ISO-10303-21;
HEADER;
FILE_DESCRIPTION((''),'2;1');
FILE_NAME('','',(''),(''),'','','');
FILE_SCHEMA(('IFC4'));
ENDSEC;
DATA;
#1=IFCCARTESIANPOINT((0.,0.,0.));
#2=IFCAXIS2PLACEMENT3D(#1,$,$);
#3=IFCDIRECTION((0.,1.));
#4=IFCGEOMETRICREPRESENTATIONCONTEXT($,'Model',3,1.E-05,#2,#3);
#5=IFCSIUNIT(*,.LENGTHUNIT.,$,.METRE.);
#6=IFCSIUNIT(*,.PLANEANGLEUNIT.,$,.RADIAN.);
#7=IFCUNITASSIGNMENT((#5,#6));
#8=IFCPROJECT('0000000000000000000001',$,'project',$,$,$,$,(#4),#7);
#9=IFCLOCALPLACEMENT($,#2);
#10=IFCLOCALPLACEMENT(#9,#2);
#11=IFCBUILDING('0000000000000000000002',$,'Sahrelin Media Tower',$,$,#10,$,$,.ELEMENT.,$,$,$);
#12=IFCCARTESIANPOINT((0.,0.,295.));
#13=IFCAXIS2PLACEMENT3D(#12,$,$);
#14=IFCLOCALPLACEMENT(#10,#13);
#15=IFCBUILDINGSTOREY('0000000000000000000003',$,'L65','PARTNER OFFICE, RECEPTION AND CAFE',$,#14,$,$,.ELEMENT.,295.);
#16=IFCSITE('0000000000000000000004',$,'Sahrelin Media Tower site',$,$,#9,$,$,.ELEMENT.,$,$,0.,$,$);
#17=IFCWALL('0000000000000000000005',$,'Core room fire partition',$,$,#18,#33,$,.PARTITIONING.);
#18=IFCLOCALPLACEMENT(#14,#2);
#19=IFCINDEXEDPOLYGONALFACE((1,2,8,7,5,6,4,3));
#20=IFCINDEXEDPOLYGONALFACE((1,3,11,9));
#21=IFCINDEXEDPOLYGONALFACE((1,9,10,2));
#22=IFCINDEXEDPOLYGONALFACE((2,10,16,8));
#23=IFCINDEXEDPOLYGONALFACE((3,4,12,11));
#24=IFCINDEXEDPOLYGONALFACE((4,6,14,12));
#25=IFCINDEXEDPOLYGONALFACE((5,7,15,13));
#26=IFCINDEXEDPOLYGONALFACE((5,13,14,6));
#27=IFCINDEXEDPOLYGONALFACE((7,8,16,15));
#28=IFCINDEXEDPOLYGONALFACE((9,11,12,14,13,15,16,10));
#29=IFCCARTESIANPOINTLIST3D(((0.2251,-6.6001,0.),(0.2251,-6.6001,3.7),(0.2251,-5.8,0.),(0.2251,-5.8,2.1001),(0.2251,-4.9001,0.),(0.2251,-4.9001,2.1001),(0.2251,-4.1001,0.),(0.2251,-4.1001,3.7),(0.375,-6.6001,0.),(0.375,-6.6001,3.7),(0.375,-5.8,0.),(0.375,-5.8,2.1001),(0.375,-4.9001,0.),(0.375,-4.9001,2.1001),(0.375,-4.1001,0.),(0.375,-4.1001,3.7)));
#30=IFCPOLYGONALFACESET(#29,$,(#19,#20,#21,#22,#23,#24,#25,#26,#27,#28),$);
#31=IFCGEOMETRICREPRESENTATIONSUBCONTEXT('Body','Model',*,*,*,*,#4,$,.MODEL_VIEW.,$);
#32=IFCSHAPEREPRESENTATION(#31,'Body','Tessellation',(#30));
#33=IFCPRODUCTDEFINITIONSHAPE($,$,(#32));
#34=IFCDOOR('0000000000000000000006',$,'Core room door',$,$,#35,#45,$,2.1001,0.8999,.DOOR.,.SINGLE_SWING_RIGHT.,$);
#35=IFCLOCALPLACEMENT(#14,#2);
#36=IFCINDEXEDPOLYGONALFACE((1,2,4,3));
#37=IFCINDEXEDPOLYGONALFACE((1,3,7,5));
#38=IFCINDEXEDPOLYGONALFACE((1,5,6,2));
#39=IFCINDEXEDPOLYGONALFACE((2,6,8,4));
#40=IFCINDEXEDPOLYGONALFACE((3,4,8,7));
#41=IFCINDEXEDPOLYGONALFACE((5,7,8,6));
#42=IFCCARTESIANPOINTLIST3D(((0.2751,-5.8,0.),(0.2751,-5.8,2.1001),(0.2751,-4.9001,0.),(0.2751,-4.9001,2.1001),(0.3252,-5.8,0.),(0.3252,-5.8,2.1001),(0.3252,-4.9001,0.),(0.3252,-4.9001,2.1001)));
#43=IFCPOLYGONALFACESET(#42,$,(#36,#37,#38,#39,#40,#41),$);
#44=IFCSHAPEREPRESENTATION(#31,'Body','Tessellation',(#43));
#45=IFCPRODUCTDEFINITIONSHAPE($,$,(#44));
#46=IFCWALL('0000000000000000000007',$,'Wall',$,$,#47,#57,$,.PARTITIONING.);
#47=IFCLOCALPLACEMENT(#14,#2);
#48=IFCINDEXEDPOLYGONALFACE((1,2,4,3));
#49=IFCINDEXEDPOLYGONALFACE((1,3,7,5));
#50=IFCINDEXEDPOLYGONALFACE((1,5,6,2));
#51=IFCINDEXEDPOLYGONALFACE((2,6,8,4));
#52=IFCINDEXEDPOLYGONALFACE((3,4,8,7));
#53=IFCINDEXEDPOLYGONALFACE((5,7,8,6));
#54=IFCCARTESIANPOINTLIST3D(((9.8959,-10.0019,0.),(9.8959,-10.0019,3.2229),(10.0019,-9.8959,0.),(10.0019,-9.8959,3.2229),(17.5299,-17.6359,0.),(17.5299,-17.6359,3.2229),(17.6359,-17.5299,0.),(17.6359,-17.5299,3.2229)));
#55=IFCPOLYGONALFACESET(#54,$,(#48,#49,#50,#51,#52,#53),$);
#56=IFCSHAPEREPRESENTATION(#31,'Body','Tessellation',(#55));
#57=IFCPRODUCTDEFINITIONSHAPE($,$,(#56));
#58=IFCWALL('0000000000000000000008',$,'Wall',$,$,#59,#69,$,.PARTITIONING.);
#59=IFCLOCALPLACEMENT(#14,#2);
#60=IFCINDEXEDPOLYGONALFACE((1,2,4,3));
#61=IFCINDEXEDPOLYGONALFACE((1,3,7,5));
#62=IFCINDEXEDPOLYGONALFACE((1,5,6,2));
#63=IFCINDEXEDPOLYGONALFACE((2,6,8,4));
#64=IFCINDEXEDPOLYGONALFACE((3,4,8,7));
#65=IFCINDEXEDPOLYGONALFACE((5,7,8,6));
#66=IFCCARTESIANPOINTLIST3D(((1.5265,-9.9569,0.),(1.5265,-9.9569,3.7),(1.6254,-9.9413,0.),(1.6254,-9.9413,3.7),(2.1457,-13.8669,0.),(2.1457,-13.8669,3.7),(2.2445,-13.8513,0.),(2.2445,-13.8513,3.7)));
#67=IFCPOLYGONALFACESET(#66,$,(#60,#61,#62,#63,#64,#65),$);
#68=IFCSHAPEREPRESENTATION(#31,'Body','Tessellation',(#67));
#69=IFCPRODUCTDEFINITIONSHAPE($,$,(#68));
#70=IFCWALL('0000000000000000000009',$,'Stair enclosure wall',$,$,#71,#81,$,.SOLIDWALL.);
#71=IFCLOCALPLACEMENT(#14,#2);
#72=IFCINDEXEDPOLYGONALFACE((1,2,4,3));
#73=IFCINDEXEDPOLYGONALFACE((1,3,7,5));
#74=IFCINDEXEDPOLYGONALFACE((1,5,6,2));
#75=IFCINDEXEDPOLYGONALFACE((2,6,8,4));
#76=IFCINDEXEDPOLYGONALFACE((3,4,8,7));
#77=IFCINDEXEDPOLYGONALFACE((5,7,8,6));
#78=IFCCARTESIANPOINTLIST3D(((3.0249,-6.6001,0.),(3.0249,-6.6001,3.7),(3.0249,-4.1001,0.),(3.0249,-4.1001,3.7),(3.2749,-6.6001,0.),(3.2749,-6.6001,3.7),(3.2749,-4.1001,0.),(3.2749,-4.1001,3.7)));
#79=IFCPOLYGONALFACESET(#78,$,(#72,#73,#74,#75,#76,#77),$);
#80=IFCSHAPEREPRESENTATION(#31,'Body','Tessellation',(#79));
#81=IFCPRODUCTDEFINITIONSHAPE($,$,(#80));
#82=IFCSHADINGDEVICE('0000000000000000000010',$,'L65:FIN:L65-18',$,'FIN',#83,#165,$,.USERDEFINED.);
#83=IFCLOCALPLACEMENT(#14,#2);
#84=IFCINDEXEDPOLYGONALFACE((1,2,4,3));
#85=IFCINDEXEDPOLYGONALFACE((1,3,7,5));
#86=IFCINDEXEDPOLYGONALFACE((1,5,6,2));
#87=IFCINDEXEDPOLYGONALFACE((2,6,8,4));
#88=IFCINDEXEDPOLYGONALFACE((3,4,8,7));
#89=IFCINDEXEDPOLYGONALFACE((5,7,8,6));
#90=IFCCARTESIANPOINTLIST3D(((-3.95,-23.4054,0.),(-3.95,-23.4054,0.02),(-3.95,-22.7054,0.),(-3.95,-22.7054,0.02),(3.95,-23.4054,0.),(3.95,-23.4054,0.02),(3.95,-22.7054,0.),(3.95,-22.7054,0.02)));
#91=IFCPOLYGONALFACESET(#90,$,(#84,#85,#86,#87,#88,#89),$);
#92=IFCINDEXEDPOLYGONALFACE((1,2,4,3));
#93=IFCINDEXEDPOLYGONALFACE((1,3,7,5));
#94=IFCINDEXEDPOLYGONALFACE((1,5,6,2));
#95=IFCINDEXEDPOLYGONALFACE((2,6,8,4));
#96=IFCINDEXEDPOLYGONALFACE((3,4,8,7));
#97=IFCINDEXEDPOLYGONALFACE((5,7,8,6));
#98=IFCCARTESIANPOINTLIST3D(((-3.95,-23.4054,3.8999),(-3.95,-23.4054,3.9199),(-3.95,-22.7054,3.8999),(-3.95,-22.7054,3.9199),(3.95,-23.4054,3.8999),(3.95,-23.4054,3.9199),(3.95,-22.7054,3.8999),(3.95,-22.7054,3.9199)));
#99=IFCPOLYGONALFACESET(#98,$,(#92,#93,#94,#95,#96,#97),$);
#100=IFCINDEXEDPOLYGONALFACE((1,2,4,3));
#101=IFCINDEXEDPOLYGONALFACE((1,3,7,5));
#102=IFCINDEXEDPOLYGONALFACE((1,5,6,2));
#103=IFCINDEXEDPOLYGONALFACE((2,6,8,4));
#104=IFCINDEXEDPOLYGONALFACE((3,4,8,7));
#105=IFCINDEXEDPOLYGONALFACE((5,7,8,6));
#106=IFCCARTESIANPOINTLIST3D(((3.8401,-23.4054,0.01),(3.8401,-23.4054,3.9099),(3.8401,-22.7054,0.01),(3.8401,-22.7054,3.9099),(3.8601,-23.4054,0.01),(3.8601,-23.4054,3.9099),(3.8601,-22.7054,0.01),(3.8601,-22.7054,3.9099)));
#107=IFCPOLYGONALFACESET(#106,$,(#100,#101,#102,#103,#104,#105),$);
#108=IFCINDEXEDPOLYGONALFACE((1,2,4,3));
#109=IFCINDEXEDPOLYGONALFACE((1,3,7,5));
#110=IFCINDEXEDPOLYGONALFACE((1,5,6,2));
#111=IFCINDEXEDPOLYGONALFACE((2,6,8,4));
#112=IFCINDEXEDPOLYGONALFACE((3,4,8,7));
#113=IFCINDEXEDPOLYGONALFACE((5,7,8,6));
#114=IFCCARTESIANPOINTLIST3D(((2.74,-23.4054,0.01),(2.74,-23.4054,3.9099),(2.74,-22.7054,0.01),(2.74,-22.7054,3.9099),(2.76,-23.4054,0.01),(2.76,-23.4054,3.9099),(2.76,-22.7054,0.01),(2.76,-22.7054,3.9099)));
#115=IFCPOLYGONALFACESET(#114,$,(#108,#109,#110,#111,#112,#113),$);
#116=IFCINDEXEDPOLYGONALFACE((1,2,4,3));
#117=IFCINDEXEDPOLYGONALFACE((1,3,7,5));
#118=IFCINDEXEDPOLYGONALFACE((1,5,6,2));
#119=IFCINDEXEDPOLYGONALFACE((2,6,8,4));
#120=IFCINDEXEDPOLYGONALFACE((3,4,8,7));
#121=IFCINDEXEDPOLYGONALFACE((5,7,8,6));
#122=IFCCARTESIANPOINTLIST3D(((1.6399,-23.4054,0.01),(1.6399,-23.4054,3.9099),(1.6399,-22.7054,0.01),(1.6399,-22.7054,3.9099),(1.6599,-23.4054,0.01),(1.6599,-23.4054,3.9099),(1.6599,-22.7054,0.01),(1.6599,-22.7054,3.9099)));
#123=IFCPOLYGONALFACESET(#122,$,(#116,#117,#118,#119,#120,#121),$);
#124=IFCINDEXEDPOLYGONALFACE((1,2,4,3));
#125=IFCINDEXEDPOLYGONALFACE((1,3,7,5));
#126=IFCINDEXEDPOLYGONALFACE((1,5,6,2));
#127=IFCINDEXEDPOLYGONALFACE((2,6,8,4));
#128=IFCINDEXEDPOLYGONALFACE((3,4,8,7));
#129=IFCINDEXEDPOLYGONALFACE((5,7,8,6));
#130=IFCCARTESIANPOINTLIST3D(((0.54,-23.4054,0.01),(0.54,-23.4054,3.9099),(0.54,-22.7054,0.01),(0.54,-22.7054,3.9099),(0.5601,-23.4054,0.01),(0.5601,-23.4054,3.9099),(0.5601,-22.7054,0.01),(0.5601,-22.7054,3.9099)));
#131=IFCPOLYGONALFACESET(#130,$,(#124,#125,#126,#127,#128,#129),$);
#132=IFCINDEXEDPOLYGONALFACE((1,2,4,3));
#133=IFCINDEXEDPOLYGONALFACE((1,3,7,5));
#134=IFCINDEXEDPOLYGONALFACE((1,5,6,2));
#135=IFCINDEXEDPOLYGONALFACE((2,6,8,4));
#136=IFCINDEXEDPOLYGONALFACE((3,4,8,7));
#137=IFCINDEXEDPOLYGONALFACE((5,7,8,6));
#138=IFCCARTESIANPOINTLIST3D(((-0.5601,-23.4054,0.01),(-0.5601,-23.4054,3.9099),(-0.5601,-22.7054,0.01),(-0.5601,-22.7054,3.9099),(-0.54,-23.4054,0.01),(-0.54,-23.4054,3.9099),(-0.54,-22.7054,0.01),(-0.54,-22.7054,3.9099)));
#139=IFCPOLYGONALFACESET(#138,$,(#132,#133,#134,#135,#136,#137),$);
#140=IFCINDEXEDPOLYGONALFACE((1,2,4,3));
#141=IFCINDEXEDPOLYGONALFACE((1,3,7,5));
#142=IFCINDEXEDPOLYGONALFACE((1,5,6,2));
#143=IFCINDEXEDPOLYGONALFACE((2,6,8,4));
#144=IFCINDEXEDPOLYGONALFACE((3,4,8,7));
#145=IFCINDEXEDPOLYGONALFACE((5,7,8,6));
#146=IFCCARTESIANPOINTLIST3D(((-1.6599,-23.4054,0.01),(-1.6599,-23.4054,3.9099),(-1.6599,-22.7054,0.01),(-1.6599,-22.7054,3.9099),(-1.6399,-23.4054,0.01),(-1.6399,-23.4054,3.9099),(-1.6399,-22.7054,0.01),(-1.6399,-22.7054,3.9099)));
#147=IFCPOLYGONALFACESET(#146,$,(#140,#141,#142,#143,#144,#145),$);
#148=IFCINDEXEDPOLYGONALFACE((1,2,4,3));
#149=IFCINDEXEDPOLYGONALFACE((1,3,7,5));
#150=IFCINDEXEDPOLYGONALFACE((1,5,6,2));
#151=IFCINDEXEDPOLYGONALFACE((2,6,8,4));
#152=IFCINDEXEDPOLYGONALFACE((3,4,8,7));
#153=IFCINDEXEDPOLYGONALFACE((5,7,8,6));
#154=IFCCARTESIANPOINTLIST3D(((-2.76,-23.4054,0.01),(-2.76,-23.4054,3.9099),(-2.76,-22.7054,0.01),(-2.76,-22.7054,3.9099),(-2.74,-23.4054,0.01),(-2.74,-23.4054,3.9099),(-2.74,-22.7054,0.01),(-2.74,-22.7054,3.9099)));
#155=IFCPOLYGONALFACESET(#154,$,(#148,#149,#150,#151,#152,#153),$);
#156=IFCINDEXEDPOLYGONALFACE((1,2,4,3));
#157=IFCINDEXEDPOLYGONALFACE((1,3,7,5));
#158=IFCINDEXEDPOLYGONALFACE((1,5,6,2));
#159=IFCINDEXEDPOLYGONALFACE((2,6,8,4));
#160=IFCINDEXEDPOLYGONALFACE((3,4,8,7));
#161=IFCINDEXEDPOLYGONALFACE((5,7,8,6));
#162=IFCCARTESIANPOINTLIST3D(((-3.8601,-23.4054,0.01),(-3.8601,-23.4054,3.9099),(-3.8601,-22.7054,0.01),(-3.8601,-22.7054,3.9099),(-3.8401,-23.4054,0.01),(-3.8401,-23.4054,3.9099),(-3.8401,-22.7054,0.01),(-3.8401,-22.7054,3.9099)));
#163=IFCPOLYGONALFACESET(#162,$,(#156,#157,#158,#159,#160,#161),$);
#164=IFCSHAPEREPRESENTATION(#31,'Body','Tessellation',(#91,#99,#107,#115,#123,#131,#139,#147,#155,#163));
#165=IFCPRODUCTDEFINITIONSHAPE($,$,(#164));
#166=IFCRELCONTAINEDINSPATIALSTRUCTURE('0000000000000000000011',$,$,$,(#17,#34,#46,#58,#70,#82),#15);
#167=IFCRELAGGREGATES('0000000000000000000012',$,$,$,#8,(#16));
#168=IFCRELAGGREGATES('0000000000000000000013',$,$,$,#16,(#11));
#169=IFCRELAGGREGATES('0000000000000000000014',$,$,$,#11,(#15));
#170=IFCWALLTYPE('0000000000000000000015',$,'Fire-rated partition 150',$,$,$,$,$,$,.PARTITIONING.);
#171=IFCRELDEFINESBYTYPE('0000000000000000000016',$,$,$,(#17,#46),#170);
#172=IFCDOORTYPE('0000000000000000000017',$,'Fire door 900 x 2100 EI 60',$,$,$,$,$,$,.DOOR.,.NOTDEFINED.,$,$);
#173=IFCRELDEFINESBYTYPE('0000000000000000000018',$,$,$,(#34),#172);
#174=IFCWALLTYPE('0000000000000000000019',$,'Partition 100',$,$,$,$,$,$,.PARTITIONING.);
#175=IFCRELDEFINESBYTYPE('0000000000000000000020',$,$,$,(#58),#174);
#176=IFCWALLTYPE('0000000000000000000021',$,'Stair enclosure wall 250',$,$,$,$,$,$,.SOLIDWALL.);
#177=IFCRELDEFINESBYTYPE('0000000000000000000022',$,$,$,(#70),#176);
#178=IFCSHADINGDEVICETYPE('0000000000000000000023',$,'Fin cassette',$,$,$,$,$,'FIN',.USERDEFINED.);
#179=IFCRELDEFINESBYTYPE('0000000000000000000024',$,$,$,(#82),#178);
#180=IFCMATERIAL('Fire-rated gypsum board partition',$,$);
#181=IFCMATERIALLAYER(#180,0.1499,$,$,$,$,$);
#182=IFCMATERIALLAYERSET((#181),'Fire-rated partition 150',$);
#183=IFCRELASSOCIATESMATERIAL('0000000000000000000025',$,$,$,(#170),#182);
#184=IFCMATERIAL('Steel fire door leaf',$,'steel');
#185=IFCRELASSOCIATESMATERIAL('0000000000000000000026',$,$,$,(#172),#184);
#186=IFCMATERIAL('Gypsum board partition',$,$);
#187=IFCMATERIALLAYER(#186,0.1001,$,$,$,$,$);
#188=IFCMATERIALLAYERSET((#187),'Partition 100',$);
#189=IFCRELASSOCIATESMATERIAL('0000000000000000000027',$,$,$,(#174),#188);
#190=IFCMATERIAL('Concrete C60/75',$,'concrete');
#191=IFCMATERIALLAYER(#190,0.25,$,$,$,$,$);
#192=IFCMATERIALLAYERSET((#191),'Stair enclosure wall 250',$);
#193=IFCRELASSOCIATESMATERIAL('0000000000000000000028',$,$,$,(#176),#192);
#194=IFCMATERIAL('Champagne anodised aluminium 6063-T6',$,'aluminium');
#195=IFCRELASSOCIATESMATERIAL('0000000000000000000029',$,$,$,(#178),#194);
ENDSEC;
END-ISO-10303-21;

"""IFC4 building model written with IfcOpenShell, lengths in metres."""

from ifc_helpers import new_model, si_unit, direction, frame, frame_2d, origin, origin_2d, place, context, subcontext, project, spatial, rectangle, extrude, material, layer, layer_set, type_object, element, fill, save


model = new_model("IFC4")

# Units and contexts
model_context = context("Model", 3, precision=1e-05, world=origin(), true_north=direction((0.0, 1.0)))
body_context = subcontext(model_context, "Body", "Model", "MODEL_VIEW")
ifc_project = project(units=[si_unit("LENGTHUNIT", "METRE"), si_unit("PLANEANGLEUNIT", "RADIAN")], contexts=[model_context])

# Site, building, storey
site_placement = place(None, origin())
site = spatial("IfcSite", under=ifc_project, at=site_placement, Name="Sahrelin Media Tower site", CompositionType="ELEMENT", RefElevation=0.0)
building_placement = place(site_placement, origin())
building = spatial("IfcBuilding", under=site, at=building_placement, Name="Sahrelin Media Tower", CompositionType="ELEMENT")
storey_placement = place(building_placement, frame((0.0, 0.0, 295.0)))
storey = spatial("IfcBuildingStorey", under=building, at=storey_placement, Name="L65", Description="PARTNER OFFICE, RECEPTION AND CAFE", CompositionType="ELEMENT", Elevation=295.0)

# Shared definitions
ifc_material_1 = material(Name="Champagne anodised aluminium 6063-T6", Category="aluminium")

# Wall, opening, door
ifc_material_2 = material(Name="Fire-rated gypsum board partition")
ifc_layer_1 = layer(ifc_material_2, 0.1499)
ifc_layer_set_1 = layer_set([ifc_layer_1], Name="Fire-rated partition 150")
wall_type_1 = type_object("IfcWallType", Name="Fire-rated partition 150", PredefinedType="PARTITIONING", material=ifc_layer_set_1)
wall_1_placement = place(storey_placement, frame((0.3, -6.6001, 0.0), z_axis=(0.0, 0.0, 1.0), x_axis=(0.0, 1.0, 0.0)))
wall_1 = element("IfcWall", 1, at=wall_1_placement, inside=storey, type_object=wall_type_1, Name="Core room fire partition", PredefinedType="PARTITIONING", context=body_context, shape_type="SweptSolid", body=[
    extrude(rectangle(XDim=2.5, YDim=0.1499, at=frame_2d((1.25, 0.0))), origin(), (0.0, 0.0, 1.0), 3.7),
])
opening_placement = place(wall_1_placement, frame((0.8, 0.0, 0.0)))
opening = element("IfcOpeningElement", 2, at=opening_placement, cuts=wall_1, PredefinedType="OPENING", context=body_context, shape_type="SweptSolid", body=[
    extrude(rectangle(XDim=0.8999, YDim=2.1001, at=frame_2d((0.45, 1.05))), frame((0.0, 0.075, 0.0), z_axis=(0.0, -1.0, 0.0), x_axis=(1.0, 0.0, 0.0)), (0.0, 0.0, 1.0), 0.1499),
])
ifc_material_3 = material(Name="Steel fire door leaf", Category="steel")
door_type = type_object("IfcDoorType", Name="Fire door 900 x 2100 EI 60", OperationType="NOTDEFINED", PredefinedType="DOOR", material=ifc_material_3)
door_placement = place(opening_placement, origin())
door = element("IfcDoor", 3, at=door_placement, inside=storey, type_object=door_type, Name="Core room door", OperationType="SINGLE_SWING_RIGHT", OverallHeight=2.1001, OverallWidth=0.8999, PredefinedType="DOOR", context=body_context, shape_type="SweptSolid", body=[
    extrude(rectangle(XDim=0.8999, YDim=2.1001, at=frame_2d((0.45, 1.05))), frame((0.0, 0.0249, 0.0), z_axis=(0.0, -1.0, 0.0), x_axis=(1.0, 0.0, 0.0)), (0.0, 0.0, 1.0), 0.05),
])
fill(opening, door)

# Walls
wall_2_placement = place(storey_placement, frame((9.949, -9.949, 0.0), z_axis=(0.0, 0.0, 1.0), x_axis=(0.707107, -0.707107, 0.0)))
element("IfcWall", 4, at=wall_2_placement, inside=storey, type_object=wall_type_1, Name="Wall", PredefinedType="PARTITIONING", context=body_context, shape_type="SweptSolid", body=[
    extrude(rectangle(XDim=10.7961, YDim=0.1499, at=frame_2d((5.3979, 0.0))), origin(), (0.0, 0.0, 1.0), 3.2229),
])
ifc_material_4 = material(Name="Gypsum board partition")
ifc_layer_2 = layer(ifc_material_4, 0.1001)
ifc_layer_set_2 = layer_set([ifc_layer_2], Name="Partition 100")
wall_type_2 = type_object("IfcWallType", Name="Partition 100", PredefinedType="PARTITIONING", material=ifc_layer_set_2)
wall_3_placement = place(storey_placement, frame((1.5759, -9.949, 0.0), z_axis=(0.0, 0.0, 1.0), x_axis=(0.156403, -0.987693, 0.0)))
element("IfcWall", 5, at=wall_3_placement, inside=storey, type_object=wall_type_2, Name="Wall", PredefinedType="PARTITIONING", context=body_context, shape_type="SweptSolid", body=[
    extrude(rectangle(XDim=3.9587, YDim=0.1001, at=frame_2d((1.9795, 0.0))), origin(), (0.0, 0.0, 1.0), 3.7),
])
ifc_material_5 = material(Name="Concrete C60/75", Category="concrete")
ifc_layer_3 = layer(ifc_material_5, 0.25)
ifc_layer_set_3 = layer_set([ifc_layer_3], Name="Stair enclosure wall 250")
wall_type_3 = type_object("IfcWallType", Name="Stair enclosure wall 250", PredefinedType="SOLIDWALL", material=ifc_layer_set_3)
wall_4_placement = place(storey_placement, frame((3.1499, -6.6001, 0.0), z_axis=(0.0, 0.0, 1.0), x_axis=(0.0, 1.0, 0.0)))
element("IfcWall", 6, at=wall_4_placement, inside=storey, type_object=wall_type_3, Name="Stair enclosure wall", PredefinedType="SOLIDWALL", context=body_context, shape_type="SweptSolid", body=[
    extrude(rectangle(XDim=2.5, YDim=0.25, at=frame_2d((1.25, 0.0))), origin(), (0.0, 0.0, 1.0), 3.7),
])

# Shading device
shading_device_type_1 = type_object("IfcShadingDeviceType", Name="Fin cassette", ElementType="FIN", PredefinedType="USERDEFINED", material=ifc_material_1)
placement_1 = place(storey_placement, frame((0.0, -22.6355, 0.0), z_axis=(0.0, 0.0, 1.0), x_axis=(-1.0, 0.0, 0.0)))
element("IfcShadingDevice", 7, at=placement_1, inside=storey, type_object=shading_device_type_1, Name="L65:FIN:L65-18", ObjectType="FIN", PredefinedType="USERDEFINED", context=body_context, shape_type="SweptSolid", body=[
    extrude(rectangle(XDim=7.8999, YDim=0.7, at=origin_2d()), frame((0.0, 0.4199, 0.0)), (0.0, 0.0, 1.0), 0.02),
    extrude(rectangle(XDim=7.8999, YDim=0.7, at=origin_2d()), frame((0.0, 0.4199, 3.8999)), (0.0, 0.0, 1.0), 0.02),
    extrude(rectangle(XDim=0.02, YDim=0.7, at=origin_2d()), frame((-3.8501, 0.4199, 0.01), z_axis=(0.0, 0.0, 1.0), x_axis=(1.0, 0.0, 0.0)), (0.0, 0.0, 1.0), 3.8999),
    extrude(rectangle(XDim=0.02, YDim=0.7, at=origin_2d()), frame((-2.75, 0.4199, 0.01), z_axis=(0.0, 0.0, 1.0), x_axis=(1.0, 0.0, 0.0)), (0.0, 0.0, 1.0), 3.8999),
    extrude(rectangle(XDim=0.02, YDim=0.7, at=origin_2d()), frame((-1.6499, 0.4199, 0.01), z_axis=(0.0, 0.0, 1.0), x_axis=(1.0, 0.0, 0.0)), (0.0, 0.0, 1.0), 3.8999),
    extrude(rectangle(XDim=0.02, YDim=0.7, at=origin_2d()), frame((-0.55, 0.4199, 0.01), z_axis=(0.0, 0.0, 1.0), x_axis=(1.0, 0.0, 0.0)), (0.0, 0.0, 1.0), 3.8999),
    extrude(rectangle(XDim=0.02, YDim=0.7, at=origin_2d()), frame((0.55, 0.4199, 0.01), z_axis=(0.0, 0.0, 1.0), x_axis=(1.0, 0.0, 0.0)), (0.0, 0.0, 1.0), 3.8999),
    extrude(rectangle(XDim=0.02, YDim=0.7, at=origin_2d()), frame((1.6499, 0.4199, 0.01), z_axis=(0.0, 0.0, 1.0), x_axis=(1.0, 0.0, 0.0)), (0.0, 0.0, 1.0), 3.8999),
    extrude(rectangle(XDim=0.02, YDim=0.7, at=origin_2d()), frame((2.75, 0.4199, 0.01), z_axis=(0.0, 0.0, 1.0), x_axis=(1.0, 0.0, 0.0)), (0.0, 0.0, 1.0), 3.8999),
    extrude(rectangle(XDim=0.02, YDim=0.7, at=origin_2d()), frame((3.8501, 0.4199, 0.01), z_axis=(0.0, 0.0, 1.0), x_axis=(1.0, 0.0, 0.0)), (0.0, 0.0, 1.0), 3.8999),
])

save(model, "model.ifc")
